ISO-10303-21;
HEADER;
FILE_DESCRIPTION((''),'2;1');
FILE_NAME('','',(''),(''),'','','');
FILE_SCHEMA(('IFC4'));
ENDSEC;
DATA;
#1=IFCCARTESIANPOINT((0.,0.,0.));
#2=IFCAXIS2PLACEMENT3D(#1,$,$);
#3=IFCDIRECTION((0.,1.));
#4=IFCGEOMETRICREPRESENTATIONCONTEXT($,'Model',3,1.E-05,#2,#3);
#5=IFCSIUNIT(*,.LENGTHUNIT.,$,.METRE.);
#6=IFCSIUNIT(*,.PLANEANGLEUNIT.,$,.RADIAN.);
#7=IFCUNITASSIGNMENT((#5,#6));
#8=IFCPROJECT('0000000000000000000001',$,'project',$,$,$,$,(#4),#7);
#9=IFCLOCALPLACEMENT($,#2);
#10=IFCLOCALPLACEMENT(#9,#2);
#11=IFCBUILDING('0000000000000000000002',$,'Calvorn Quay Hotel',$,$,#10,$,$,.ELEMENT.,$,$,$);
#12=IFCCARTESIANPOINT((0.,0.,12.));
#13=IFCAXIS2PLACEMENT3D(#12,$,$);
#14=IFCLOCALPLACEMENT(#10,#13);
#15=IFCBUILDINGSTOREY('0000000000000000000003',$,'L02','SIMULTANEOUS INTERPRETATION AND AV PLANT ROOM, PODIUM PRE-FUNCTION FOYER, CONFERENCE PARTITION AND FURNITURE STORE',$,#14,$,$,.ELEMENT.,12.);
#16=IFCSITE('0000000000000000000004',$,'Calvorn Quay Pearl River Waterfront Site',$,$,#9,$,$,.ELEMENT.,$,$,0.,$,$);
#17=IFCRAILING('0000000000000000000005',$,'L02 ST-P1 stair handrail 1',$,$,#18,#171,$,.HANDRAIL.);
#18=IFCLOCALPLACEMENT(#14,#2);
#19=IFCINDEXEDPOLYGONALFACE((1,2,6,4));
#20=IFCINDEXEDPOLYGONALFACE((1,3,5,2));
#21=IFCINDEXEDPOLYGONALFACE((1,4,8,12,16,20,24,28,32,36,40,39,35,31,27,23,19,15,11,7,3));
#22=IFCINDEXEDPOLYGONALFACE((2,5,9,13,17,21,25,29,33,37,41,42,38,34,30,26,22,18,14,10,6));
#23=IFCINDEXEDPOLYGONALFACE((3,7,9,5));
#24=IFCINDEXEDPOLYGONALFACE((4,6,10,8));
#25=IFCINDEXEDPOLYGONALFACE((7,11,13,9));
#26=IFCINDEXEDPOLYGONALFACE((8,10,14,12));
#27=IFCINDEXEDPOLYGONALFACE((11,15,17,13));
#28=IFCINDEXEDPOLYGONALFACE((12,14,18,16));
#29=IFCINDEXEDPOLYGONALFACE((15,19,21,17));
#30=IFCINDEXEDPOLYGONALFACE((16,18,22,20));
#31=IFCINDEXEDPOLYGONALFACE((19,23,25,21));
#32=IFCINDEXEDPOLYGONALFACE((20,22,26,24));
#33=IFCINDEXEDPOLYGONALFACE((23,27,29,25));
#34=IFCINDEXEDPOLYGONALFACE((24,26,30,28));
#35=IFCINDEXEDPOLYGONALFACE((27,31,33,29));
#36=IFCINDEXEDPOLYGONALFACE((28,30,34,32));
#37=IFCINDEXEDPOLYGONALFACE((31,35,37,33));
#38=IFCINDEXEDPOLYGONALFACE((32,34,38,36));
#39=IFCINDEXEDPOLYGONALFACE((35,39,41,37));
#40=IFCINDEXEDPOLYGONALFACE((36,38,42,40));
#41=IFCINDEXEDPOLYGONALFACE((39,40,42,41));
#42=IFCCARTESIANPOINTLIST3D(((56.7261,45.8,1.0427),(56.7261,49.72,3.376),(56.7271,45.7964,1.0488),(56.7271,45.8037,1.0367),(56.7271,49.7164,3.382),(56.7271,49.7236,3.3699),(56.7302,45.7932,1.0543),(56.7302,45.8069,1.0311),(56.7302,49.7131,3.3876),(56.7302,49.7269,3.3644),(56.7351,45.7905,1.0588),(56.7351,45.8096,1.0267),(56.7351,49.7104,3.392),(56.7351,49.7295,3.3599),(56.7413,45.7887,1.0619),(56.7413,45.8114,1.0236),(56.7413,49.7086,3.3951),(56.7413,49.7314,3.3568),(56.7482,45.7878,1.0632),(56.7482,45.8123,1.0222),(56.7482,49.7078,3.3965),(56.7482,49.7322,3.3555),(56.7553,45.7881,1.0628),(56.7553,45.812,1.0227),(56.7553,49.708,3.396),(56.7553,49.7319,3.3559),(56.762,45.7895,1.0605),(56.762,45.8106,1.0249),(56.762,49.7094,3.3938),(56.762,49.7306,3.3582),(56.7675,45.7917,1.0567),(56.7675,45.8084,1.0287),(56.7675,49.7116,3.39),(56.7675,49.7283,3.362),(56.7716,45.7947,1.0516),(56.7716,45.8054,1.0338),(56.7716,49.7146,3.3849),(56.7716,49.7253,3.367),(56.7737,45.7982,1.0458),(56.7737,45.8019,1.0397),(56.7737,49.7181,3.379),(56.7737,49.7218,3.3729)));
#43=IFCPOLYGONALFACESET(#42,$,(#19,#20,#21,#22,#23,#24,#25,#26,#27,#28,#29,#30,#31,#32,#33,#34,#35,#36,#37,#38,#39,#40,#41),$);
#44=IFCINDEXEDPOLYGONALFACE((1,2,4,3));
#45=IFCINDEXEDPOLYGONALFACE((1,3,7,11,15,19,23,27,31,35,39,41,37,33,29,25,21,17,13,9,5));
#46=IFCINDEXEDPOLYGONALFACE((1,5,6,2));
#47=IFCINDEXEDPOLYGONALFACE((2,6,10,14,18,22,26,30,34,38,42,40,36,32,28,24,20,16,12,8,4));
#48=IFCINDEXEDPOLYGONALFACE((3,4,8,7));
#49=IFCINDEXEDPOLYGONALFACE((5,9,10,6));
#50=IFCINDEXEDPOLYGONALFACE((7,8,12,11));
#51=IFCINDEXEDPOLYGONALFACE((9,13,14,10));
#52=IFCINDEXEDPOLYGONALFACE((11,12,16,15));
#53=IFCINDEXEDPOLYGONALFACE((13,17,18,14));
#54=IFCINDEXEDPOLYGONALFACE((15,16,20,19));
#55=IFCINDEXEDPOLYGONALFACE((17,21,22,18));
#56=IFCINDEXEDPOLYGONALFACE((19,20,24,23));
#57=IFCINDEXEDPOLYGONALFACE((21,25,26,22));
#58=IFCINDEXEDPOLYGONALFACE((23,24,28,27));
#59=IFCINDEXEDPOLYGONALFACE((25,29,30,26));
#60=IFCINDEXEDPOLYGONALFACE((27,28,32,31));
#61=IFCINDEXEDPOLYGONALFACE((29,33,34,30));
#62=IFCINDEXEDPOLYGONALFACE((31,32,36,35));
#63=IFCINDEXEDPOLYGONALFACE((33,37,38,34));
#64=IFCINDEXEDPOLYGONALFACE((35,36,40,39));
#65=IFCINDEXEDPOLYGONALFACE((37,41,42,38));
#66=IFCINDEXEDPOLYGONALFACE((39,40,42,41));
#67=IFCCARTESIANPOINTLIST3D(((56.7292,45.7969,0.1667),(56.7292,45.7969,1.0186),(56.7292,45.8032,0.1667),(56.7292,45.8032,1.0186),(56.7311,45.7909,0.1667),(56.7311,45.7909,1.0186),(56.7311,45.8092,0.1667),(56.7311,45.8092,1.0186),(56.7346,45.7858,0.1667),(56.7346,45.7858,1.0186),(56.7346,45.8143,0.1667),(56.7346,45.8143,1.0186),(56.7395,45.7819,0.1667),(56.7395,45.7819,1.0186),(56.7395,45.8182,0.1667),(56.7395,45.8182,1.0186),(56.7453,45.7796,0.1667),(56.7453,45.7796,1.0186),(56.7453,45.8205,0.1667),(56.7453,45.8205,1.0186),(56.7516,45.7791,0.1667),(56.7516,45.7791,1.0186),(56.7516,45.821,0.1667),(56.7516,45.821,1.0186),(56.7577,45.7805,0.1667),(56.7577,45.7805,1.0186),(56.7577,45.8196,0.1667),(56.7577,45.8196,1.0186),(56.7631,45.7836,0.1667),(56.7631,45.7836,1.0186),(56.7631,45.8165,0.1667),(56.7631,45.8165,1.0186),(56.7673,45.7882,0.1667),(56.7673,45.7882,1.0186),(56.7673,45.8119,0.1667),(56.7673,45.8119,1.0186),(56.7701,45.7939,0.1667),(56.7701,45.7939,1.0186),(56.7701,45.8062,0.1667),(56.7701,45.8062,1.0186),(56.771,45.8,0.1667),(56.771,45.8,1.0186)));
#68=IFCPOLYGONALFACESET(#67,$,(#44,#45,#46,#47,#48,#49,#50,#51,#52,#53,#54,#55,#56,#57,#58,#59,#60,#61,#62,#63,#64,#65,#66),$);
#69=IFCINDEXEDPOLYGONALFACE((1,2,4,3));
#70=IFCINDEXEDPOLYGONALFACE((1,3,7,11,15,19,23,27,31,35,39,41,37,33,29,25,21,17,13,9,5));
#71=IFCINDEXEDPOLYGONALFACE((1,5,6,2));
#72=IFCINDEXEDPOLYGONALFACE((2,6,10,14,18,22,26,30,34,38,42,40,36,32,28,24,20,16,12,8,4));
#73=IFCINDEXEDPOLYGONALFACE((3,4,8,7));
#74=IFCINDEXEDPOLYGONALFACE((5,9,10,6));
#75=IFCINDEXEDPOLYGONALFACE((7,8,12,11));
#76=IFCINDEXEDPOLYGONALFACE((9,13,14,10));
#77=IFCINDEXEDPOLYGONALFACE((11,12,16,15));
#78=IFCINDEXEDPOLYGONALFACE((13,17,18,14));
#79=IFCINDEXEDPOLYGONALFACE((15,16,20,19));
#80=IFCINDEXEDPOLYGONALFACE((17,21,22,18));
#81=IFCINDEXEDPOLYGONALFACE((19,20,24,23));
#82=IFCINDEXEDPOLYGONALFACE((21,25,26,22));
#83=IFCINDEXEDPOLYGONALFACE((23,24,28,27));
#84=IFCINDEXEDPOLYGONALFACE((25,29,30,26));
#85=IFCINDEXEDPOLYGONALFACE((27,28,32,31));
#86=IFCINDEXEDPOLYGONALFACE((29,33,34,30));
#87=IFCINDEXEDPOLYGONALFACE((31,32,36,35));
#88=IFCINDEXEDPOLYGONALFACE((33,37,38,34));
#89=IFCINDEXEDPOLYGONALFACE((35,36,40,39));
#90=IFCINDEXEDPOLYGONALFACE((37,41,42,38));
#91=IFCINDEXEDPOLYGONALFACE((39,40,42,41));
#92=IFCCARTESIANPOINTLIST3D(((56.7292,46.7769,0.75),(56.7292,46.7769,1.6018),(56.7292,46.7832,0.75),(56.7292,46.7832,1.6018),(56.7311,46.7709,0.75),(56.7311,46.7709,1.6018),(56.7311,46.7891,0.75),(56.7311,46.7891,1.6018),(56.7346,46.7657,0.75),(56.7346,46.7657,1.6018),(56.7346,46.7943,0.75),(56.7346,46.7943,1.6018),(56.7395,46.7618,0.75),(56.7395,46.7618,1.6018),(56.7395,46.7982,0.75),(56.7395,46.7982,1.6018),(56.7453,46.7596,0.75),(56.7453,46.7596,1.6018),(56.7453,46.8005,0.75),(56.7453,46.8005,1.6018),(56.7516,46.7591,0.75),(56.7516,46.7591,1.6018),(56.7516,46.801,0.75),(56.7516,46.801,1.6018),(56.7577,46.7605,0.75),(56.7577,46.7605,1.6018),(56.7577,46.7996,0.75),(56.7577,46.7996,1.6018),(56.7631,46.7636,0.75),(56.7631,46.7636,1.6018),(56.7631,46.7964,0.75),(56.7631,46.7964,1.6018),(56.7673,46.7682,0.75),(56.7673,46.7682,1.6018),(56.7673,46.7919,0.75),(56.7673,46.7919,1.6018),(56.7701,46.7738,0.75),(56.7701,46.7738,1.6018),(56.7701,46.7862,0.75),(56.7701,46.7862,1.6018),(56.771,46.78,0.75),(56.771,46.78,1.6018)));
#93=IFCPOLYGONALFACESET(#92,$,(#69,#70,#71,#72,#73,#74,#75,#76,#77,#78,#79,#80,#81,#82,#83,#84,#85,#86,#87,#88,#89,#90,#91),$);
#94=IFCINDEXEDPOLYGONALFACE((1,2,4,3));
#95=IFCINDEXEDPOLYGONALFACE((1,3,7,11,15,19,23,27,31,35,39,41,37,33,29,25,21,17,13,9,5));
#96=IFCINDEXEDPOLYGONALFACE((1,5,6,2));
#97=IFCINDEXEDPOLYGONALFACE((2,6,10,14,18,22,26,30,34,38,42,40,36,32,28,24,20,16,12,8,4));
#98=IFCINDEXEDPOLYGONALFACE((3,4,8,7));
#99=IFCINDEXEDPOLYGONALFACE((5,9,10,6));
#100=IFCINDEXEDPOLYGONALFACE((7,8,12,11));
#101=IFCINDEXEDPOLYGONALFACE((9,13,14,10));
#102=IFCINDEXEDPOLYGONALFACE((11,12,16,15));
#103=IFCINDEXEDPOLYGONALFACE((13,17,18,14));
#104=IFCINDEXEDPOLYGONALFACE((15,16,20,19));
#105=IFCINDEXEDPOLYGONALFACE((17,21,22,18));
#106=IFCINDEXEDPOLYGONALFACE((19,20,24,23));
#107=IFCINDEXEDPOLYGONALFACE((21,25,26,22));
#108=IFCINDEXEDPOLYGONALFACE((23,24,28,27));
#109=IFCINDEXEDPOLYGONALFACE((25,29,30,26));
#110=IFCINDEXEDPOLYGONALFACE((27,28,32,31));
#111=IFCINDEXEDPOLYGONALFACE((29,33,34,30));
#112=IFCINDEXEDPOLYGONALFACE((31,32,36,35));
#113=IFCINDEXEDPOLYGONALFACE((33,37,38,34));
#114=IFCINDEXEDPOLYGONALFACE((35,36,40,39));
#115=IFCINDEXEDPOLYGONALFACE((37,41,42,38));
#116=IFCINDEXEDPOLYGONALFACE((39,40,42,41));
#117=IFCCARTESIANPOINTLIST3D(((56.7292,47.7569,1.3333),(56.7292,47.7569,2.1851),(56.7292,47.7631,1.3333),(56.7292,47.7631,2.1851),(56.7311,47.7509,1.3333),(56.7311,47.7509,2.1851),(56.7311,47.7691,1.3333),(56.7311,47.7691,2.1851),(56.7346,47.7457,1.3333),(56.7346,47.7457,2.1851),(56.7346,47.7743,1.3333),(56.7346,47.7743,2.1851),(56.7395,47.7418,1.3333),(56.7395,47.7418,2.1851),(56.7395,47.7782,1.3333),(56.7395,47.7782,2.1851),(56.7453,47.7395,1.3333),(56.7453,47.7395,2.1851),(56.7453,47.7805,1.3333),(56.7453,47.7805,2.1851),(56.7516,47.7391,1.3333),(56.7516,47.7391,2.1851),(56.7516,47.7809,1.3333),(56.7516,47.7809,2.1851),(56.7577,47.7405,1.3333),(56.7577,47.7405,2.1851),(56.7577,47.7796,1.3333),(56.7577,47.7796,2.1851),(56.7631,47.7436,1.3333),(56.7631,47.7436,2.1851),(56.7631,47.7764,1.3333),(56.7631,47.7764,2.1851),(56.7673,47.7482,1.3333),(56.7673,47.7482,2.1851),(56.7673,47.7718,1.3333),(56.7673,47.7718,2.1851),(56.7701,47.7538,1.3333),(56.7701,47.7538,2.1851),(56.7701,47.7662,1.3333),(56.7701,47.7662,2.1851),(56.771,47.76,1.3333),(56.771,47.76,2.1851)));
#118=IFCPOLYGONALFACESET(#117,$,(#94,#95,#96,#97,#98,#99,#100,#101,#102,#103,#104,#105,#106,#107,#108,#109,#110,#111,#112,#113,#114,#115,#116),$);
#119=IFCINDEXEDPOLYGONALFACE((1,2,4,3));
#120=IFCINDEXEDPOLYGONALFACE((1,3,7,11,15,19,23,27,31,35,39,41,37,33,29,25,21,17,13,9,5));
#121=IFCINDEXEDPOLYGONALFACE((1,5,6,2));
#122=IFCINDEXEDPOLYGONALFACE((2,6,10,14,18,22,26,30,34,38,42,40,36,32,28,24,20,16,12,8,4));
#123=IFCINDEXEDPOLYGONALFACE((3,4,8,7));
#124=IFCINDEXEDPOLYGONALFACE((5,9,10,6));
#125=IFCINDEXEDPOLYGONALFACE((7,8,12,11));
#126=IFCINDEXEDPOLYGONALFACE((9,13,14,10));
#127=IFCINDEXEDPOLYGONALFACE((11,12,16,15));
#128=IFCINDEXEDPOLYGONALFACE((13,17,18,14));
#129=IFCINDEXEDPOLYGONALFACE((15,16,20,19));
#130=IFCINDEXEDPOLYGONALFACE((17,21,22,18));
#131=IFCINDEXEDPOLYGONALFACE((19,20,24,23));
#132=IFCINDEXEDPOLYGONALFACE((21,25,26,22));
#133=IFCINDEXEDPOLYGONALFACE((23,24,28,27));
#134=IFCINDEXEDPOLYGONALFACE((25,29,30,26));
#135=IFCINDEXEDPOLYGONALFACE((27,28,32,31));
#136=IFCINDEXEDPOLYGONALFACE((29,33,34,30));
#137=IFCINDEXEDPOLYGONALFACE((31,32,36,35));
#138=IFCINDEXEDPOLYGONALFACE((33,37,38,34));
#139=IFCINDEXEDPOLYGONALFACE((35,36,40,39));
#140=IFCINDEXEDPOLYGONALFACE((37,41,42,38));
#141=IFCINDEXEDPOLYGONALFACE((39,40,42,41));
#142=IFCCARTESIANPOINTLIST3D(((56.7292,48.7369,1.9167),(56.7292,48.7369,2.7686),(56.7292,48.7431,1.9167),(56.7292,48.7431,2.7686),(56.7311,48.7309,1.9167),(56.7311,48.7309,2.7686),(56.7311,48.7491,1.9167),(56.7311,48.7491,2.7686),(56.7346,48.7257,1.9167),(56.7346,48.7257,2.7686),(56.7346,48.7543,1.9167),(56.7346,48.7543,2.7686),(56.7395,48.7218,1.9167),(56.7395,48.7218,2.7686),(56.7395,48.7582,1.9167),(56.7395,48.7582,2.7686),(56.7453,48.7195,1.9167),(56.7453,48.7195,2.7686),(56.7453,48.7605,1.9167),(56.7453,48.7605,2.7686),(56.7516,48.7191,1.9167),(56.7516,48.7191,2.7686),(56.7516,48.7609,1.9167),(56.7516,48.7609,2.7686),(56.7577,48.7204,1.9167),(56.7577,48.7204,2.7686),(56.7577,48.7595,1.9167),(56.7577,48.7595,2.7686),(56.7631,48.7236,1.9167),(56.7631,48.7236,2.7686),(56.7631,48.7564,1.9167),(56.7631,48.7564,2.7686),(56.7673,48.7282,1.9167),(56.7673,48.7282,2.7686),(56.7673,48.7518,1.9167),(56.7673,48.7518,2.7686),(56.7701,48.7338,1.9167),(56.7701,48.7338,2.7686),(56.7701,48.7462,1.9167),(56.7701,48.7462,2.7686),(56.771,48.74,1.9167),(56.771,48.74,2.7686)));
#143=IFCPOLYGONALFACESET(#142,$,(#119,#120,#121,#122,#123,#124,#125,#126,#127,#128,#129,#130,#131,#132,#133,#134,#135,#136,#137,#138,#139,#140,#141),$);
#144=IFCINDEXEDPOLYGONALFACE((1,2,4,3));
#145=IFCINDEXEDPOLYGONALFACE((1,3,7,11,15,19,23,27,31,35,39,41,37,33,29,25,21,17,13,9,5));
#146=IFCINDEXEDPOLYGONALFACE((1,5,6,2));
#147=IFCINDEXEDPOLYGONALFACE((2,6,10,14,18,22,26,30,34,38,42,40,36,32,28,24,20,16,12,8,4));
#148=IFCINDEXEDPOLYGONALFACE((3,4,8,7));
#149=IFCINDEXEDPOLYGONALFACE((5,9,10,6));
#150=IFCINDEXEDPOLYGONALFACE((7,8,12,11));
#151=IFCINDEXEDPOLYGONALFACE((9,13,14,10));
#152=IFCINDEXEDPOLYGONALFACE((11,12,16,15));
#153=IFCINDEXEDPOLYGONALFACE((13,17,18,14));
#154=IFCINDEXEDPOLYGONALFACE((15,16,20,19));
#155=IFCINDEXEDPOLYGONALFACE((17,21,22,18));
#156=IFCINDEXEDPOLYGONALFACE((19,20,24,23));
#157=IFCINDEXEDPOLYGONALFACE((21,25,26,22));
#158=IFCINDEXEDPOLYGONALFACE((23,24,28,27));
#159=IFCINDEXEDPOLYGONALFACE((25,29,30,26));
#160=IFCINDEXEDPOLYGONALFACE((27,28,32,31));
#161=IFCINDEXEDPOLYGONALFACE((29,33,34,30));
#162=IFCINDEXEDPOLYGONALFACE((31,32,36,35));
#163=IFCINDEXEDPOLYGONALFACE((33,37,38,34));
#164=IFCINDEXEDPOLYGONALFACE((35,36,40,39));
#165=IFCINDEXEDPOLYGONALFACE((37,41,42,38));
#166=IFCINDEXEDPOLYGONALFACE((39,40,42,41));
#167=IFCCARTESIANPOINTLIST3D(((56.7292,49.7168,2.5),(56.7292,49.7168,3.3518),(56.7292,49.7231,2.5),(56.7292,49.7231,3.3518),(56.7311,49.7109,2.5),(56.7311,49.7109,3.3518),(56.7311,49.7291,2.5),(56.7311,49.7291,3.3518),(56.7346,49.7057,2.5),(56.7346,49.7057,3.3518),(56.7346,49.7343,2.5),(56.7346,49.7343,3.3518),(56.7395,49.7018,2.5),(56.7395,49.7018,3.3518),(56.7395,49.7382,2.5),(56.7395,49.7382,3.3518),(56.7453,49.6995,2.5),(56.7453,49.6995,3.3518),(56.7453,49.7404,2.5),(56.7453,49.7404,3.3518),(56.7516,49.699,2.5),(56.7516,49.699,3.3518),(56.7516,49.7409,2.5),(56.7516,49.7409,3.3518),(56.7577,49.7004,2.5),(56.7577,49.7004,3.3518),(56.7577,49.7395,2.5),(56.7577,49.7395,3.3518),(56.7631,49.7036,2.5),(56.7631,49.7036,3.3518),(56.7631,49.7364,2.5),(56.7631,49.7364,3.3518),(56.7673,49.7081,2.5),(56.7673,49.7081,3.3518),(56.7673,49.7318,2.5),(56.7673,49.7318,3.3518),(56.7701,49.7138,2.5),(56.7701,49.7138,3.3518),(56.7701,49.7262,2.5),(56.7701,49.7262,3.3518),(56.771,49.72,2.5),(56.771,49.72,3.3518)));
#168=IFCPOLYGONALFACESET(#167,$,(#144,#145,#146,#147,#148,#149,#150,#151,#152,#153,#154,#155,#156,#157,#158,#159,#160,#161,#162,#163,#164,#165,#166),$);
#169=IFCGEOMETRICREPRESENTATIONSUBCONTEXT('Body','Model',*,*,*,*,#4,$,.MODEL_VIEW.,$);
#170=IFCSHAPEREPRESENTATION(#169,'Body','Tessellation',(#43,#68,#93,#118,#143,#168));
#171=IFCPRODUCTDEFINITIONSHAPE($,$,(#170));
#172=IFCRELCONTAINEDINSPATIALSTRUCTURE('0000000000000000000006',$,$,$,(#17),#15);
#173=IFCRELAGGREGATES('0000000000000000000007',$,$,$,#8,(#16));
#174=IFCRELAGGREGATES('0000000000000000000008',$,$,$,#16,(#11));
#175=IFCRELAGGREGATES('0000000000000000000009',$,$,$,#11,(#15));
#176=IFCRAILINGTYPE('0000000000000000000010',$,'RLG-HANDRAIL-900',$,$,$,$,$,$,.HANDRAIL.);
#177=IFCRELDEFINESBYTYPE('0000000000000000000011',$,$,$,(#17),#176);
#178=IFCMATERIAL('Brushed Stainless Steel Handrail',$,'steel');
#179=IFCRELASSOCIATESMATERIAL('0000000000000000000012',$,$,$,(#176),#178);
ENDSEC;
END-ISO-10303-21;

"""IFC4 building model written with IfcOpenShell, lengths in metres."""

from ifc_helpers import new_model, si_unit, direction, frame, origin, origin_2d, place, context, subcontext, project, spatial, circle, extrude, material, type_object, element, save


model = new_model("IFC4")

# Units and contexts
model_context = context("Model", 3, precision=1e-05, world=origin(), true_north=direction((0.0, 1.0)))
body_context = subcontext(model_context, "Body", "Model", "MODEL_VIEW")
ifc_project = project(units=[si_unit("LENGTHUNIT", "METRE"), si_unit("PLANEANGLEUNIT", "RADIAN")], contexts=[model_context])

# Site, building, storey
site_placement = place(None, origin())
site = spatial("IfcSite", under=ifc_project, at=site_placement, Name="Calvorn Quay Pearl River Waterfront Site", CompositionType="ELEMENT", RefElevation=0.0)
building_placement = place(site_placement, origin())
building = spatial("IfcBuilding", under=site, at=building_placement, Name="Calvorn Quay Hotel", CompositionType="ELEMENT")
storey_placement = place(building_placement, frame((0.0, 0.0, 12.0)))
storey = spatial("IfcBuildingStorey", under=building, at=storey_placement, Name="L02", Description="SIMULTANEOUS INTERPRETATION AND AV PLANT ROOM, PODIUM PRE-FUNCTION FOYER, CONFERENCE PARTITION AND FURNITURE STORE", CompositionType="ELEMENT", Elevation=12.0)

# Railing
ifc_material_1 = material(Name="Brushed Stainless Steel Handrail", Category="steel")
railing_type_1 = type_object("IfcRailingType", Name="RLG-HANDRAIL-900", PredefinedType="HANDRAIL", material=ifc_material_1)
railing_1_placement = place(storey_placement, frame((56.75, 45.8, 0.1667)))
element("IfcRailing", 1, at=railing_1_placement, inside=storey, type_object=railing_type_1, Name="L02 ST-P1 stair handrail 1", PredefinedType="HANDRAIL", context=body_context, shape_type="SweptSolid", body=[
    extrude(circle(Radius=0.0239, at=origin_2d()), frame((0.0, 0.0, 0.876), z_axis=(0.0, 0.859296, 0.511478), x_axis=(-1.0, 0.0, 0.0)), (0.0, 0.0, 1.0), 4.5618),
    extrude(circle(Radius=0.021, at=origin_2d()), origin(), (0.0, 0.0, 1.0), 0.8518),
    extrude(circle(Radius=0.021, at=origin_2d()), frame((0.0, 0.98, 0.5833)), (0.0, 0.0, 1.0), 0.8518),
    extrude(circle(Radius=0.021, at=origin_2d()), frame((0.0, 1.96, 1.1665)), (0.0, 0.0, 1.0), 0.8518),
    extrude(circle(Radius=0.021, at=origin_2d()), frame((0.0, 2.9399, 1.75)), (0.0, 0.0, 1.0), 0.8518),
    extrude(circle(Radius=0.021, at=origin_2d()), frame((0.0, 3.9199, 2.3333)), (0.0, 0.0, 1.0), 0.8518),
])

save(model, "model.ifc")
